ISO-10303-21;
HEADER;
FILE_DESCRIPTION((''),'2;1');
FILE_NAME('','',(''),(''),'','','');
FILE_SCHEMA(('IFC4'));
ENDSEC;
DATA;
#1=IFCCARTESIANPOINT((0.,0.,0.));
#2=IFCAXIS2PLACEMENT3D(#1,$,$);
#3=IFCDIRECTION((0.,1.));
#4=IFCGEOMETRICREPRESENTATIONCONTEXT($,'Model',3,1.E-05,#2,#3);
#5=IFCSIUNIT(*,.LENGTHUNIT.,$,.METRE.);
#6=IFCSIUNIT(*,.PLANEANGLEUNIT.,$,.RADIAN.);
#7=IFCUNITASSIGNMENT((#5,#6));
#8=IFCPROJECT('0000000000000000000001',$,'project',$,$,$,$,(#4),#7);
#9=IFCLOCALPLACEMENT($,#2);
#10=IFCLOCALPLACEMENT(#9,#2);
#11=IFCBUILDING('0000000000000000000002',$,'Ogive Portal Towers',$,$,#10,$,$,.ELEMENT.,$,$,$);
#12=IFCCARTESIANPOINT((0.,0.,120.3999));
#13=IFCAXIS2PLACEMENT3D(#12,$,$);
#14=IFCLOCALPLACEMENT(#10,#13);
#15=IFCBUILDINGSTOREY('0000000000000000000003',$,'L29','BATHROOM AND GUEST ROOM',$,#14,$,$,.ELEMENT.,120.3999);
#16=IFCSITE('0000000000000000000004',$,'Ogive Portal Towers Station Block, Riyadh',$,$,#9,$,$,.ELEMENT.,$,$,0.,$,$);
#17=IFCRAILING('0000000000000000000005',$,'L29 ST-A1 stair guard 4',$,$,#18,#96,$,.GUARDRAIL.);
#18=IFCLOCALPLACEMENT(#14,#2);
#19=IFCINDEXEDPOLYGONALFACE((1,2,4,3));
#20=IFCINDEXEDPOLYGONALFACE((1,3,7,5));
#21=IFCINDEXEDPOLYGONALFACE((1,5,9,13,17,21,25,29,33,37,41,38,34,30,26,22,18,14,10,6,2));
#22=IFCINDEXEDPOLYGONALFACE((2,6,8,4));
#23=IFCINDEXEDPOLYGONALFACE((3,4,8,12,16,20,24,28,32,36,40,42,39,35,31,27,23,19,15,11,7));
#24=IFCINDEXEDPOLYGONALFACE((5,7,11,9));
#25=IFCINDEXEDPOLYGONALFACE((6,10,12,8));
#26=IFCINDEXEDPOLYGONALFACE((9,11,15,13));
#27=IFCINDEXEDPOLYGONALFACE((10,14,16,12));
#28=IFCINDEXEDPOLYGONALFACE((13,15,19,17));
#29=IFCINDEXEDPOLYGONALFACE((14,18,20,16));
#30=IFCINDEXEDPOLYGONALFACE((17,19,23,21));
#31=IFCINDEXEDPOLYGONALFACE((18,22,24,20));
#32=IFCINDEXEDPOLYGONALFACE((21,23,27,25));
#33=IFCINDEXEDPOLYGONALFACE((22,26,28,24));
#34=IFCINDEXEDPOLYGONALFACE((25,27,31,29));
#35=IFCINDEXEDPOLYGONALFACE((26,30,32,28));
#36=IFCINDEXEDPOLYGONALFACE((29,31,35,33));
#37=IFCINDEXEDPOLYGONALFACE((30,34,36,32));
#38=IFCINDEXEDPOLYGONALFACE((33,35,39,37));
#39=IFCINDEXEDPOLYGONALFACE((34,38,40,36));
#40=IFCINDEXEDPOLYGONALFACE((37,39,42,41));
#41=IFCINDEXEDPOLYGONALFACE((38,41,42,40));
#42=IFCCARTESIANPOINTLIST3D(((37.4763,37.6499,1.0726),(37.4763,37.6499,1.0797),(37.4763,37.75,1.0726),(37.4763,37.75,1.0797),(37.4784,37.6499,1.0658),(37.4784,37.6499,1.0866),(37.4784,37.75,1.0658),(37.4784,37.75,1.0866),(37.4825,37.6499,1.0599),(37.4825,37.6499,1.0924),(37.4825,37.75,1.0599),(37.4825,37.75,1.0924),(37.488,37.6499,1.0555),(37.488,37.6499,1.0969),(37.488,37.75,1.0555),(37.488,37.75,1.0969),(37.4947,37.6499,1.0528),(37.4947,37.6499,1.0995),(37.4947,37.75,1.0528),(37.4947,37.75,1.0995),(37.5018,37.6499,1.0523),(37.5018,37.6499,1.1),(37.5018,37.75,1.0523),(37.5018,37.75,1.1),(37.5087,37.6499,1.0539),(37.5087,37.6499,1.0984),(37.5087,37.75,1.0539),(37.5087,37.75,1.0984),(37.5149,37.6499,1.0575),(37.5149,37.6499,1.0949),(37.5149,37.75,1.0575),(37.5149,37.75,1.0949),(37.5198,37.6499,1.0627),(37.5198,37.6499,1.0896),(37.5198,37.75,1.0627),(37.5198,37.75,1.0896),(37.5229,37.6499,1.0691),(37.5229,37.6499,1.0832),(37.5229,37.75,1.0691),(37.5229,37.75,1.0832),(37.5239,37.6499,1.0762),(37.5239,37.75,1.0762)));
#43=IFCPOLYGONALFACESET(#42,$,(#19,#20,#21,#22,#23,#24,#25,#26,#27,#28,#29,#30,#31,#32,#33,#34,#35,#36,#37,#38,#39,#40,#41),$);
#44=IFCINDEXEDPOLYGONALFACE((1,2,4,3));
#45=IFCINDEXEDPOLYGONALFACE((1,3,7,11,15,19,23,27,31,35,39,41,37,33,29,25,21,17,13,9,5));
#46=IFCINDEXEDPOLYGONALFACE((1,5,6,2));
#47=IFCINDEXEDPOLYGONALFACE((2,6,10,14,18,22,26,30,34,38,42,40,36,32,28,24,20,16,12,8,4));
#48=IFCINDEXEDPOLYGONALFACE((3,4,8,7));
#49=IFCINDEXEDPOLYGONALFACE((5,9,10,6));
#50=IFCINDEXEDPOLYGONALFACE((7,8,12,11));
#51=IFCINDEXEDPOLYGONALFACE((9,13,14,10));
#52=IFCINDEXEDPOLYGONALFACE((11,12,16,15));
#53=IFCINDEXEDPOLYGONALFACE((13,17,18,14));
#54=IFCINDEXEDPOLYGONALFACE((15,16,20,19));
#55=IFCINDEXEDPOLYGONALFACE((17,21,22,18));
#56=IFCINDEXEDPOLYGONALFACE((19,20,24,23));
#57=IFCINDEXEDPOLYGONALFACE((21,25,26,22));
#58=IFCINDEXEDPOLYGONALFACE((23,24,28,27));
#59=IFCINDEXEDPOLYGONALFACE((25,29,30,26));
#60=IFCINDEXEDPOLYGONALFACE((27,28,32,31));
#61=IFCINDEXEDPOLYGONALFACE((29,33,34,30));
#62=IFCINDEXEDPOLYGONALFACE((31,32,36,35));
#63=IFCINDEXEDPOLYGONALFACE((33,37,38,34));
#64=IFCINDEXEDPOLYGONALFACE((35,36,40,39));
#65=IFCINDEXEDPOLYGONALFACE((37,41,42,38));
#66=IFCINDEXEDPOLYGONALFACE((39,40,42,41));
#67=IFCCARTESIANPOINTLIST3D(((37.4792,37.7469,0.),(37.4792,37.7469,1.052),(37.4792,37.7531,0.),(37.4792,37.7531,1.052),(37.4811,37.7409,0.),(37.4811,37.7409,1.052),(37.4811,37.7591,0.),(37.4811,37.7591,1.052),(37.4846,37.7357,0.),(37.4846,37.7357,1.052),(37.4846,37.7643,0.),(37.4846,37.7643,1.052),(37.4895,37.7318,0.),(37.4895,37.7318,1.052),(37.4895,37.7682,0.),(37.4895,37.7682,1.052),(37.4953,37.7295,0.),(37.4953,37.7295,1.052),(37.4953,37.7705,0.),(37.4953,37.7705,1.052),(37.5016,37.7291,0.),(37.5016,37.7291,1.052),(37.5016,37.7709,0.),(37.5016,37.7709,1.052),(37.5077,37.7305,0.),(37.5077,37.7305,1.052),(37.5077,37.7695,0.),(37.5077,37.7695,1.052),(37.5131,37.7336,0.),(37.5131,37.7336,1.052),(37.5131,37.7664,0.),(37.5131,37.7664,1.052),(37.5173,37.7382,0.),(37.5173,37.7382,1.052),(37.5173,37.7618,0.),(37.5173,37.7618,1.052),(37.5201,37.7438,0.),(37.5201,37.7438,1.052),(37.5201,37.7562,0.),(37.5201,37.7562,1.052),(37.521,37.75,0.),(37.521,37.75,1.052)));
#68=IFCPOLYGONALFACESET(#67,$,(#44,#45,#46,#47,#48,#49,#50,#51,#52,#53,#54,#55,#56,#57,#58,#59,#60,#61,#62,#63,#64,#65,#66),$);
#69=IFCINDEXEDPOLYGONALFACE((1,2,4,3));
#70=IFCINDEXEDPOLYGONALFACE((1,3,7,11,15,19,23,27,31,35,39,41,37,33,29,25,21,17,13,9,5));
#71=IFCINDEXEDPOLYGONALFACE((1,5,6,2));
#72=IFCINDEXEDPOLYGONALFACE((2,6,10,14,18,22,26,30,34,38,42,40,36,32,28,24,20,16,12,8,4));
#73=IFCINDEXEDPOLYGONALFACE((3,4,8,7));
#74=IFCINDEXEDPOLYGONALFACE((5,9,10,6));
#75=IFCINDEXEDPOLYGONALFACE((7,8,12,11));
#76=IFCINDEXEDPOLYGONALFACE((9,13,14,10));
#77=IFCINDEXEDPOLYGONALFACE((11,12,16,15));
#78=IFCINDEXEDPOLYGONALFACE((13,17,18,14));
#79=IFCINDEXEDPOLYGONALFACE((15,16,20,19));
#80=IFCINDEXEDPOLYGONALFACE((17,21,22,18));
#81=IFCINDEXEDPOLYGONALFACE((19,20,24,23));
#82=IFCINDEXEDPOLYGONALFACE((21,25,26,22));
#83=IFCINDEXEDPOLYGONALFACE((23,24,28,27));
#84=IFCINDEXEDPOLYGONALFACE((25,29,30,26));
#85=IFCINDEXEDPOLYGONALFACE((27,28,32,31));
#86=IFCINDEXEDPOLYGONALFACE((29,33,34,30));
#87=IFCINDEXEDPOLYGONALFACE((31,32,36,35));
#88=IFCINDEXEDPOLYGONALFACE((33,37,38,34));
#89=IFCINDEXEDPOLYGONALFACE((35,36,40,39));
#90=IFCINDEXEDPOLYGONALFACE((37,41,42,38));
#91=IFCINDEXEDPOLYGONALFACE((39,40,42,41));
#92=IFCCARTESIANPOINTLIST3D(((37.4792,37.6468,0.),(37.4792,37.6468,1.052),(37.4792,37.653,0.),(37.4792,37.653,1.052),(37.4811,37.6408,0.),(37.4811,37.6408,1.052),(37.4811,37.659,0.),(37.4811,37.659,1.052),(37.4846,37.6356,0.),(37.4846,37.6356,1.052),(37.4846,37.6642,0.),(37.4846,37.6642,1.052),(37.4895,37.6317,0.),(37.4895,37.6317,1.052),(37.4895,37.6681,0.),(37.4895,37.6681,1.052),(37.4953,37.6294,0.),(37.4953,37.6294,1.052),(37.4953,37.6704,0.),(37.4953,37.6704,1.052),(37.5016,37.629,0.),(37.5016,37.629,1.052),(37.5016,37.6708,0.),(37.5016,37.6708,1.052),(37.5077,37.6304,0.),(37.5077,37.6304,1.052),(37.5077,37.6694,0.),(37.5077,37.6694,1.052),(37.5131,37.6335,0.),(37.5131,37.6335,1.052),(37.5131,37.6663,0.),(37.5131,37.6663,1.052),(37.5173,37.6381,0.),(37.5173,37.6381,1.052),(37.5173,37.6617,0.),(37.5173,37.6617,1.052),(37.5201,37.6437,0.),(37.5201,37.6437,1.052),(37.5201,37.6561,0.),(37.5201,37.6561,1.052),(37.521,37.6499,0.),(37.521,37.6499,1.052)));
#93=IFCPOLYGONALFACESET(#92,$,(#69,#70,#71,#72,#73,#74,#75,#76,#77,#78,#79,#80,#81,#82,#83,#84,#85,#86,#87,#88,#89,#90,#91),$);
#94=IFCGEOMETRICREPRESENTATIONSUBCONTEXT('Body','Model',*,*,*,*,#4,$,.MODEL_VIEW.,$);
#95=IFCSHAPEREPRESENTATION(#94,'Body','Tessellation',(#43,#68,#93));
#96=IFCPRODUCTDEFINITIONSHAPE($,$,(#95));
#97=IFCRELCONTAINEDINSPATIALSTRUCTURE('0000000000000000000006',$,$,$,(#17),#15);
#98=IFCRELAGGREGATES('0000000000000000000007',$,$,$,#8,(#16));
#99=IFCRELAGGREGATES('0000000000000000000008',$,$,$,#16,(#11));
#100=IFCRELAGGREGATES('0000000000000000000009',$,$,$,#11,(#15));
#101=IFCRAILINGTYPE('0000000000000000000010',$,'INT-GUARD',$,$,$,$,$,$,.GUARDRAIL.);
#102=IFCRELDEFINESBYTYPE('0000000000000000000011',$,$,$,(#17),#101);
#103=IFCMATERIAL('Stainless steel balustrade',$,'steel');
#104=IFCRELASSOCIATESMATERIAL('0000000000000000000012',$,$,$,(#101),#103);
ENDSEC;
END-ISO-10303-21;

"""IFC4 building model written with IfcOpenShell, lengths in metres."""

from ifc_helpers import new_model, si_unit, direction, frame, origin, origin_2d, place, context, subcontext, project, spatial, circle, extrude, material, type_object, element, save


model = new_model("IFC4")

# Units and contexts
model_context = context("Model", 3, precision=1e-05, world=origin(), true_north=direction((0.0, 1.0)))
body_context = subcontext(model_context, "Body", "Model", "MODEL_VIEW")
ifc_project = project(units=[si_unit("LENGTHUNIT", "METRE"), si_unit("PLANEANGLEUNIT", "RADIAN")], contexts=[model_context])

# Site, building, storey
site_placement = place(None, origin())
site = spatial("IfcSite", under=ifc_project, at=site_placement, Name="Ogive Portal Towers Station Block, Riyadh", CompositionType="ELEMENT", RefElevation=0.0)
building_placement = place(site_placement, origin())
building = spatial("IfcBuilding", under=site, at=building_placement, Name="Ogive Portal Towers", CompositionType="ELEMENT")
storey_placement = place(building_placement, frame((0.0, 0.0, 120.3999)))
storey = spatial("IfcBuildingStorey", under=building, at=storey_placement, Name="L29", Description="BATHROOM AND GUEST ROOM", CompositionType="ELEMENT", Elevation=120.3999)

# Railing
ifc_material_1 = material(Name="Stainless steel balustrade", Category="steel")
railing_type_1 = type_object("IfcRailingType", Name="INT-GUARD", PredefinedType="GUARDRAIL", material=ifc_material_1)
railing_1_placement = place(storey_placement, frame((37.5, 37.75, 0.0)))
element("IfcRailing", 1, at=railing_1_placement, inside=storey, type_object=railing_type_1, Name="L29 ST-A1 stair guard 4", PredefinedType="GUARDRAIL", context=body_context, shape_type="SweptSolid", body=[
    extrude(circle(Radius=0.0239, at=origin_2d()), frame((0.0, 0.0, 1.0762), z_axis=(0.0, -1.0, 0.0), x_axis=(1.0, 0.0, 0.0)), (0.0, 0.0, 1.0), 0.1001),
    extrude(circle(Radius=0.021, at=origin_2d()), origin(), (0.0, 0.0, 1.0), 1.052),
    extrude(circle(Radius=0.021, at=origin_2d()), frame((0.0, -0.1001, 0.0)), (0.0, 0.0, 1.0), 1.052),
])

save(model, "model.ifc")
